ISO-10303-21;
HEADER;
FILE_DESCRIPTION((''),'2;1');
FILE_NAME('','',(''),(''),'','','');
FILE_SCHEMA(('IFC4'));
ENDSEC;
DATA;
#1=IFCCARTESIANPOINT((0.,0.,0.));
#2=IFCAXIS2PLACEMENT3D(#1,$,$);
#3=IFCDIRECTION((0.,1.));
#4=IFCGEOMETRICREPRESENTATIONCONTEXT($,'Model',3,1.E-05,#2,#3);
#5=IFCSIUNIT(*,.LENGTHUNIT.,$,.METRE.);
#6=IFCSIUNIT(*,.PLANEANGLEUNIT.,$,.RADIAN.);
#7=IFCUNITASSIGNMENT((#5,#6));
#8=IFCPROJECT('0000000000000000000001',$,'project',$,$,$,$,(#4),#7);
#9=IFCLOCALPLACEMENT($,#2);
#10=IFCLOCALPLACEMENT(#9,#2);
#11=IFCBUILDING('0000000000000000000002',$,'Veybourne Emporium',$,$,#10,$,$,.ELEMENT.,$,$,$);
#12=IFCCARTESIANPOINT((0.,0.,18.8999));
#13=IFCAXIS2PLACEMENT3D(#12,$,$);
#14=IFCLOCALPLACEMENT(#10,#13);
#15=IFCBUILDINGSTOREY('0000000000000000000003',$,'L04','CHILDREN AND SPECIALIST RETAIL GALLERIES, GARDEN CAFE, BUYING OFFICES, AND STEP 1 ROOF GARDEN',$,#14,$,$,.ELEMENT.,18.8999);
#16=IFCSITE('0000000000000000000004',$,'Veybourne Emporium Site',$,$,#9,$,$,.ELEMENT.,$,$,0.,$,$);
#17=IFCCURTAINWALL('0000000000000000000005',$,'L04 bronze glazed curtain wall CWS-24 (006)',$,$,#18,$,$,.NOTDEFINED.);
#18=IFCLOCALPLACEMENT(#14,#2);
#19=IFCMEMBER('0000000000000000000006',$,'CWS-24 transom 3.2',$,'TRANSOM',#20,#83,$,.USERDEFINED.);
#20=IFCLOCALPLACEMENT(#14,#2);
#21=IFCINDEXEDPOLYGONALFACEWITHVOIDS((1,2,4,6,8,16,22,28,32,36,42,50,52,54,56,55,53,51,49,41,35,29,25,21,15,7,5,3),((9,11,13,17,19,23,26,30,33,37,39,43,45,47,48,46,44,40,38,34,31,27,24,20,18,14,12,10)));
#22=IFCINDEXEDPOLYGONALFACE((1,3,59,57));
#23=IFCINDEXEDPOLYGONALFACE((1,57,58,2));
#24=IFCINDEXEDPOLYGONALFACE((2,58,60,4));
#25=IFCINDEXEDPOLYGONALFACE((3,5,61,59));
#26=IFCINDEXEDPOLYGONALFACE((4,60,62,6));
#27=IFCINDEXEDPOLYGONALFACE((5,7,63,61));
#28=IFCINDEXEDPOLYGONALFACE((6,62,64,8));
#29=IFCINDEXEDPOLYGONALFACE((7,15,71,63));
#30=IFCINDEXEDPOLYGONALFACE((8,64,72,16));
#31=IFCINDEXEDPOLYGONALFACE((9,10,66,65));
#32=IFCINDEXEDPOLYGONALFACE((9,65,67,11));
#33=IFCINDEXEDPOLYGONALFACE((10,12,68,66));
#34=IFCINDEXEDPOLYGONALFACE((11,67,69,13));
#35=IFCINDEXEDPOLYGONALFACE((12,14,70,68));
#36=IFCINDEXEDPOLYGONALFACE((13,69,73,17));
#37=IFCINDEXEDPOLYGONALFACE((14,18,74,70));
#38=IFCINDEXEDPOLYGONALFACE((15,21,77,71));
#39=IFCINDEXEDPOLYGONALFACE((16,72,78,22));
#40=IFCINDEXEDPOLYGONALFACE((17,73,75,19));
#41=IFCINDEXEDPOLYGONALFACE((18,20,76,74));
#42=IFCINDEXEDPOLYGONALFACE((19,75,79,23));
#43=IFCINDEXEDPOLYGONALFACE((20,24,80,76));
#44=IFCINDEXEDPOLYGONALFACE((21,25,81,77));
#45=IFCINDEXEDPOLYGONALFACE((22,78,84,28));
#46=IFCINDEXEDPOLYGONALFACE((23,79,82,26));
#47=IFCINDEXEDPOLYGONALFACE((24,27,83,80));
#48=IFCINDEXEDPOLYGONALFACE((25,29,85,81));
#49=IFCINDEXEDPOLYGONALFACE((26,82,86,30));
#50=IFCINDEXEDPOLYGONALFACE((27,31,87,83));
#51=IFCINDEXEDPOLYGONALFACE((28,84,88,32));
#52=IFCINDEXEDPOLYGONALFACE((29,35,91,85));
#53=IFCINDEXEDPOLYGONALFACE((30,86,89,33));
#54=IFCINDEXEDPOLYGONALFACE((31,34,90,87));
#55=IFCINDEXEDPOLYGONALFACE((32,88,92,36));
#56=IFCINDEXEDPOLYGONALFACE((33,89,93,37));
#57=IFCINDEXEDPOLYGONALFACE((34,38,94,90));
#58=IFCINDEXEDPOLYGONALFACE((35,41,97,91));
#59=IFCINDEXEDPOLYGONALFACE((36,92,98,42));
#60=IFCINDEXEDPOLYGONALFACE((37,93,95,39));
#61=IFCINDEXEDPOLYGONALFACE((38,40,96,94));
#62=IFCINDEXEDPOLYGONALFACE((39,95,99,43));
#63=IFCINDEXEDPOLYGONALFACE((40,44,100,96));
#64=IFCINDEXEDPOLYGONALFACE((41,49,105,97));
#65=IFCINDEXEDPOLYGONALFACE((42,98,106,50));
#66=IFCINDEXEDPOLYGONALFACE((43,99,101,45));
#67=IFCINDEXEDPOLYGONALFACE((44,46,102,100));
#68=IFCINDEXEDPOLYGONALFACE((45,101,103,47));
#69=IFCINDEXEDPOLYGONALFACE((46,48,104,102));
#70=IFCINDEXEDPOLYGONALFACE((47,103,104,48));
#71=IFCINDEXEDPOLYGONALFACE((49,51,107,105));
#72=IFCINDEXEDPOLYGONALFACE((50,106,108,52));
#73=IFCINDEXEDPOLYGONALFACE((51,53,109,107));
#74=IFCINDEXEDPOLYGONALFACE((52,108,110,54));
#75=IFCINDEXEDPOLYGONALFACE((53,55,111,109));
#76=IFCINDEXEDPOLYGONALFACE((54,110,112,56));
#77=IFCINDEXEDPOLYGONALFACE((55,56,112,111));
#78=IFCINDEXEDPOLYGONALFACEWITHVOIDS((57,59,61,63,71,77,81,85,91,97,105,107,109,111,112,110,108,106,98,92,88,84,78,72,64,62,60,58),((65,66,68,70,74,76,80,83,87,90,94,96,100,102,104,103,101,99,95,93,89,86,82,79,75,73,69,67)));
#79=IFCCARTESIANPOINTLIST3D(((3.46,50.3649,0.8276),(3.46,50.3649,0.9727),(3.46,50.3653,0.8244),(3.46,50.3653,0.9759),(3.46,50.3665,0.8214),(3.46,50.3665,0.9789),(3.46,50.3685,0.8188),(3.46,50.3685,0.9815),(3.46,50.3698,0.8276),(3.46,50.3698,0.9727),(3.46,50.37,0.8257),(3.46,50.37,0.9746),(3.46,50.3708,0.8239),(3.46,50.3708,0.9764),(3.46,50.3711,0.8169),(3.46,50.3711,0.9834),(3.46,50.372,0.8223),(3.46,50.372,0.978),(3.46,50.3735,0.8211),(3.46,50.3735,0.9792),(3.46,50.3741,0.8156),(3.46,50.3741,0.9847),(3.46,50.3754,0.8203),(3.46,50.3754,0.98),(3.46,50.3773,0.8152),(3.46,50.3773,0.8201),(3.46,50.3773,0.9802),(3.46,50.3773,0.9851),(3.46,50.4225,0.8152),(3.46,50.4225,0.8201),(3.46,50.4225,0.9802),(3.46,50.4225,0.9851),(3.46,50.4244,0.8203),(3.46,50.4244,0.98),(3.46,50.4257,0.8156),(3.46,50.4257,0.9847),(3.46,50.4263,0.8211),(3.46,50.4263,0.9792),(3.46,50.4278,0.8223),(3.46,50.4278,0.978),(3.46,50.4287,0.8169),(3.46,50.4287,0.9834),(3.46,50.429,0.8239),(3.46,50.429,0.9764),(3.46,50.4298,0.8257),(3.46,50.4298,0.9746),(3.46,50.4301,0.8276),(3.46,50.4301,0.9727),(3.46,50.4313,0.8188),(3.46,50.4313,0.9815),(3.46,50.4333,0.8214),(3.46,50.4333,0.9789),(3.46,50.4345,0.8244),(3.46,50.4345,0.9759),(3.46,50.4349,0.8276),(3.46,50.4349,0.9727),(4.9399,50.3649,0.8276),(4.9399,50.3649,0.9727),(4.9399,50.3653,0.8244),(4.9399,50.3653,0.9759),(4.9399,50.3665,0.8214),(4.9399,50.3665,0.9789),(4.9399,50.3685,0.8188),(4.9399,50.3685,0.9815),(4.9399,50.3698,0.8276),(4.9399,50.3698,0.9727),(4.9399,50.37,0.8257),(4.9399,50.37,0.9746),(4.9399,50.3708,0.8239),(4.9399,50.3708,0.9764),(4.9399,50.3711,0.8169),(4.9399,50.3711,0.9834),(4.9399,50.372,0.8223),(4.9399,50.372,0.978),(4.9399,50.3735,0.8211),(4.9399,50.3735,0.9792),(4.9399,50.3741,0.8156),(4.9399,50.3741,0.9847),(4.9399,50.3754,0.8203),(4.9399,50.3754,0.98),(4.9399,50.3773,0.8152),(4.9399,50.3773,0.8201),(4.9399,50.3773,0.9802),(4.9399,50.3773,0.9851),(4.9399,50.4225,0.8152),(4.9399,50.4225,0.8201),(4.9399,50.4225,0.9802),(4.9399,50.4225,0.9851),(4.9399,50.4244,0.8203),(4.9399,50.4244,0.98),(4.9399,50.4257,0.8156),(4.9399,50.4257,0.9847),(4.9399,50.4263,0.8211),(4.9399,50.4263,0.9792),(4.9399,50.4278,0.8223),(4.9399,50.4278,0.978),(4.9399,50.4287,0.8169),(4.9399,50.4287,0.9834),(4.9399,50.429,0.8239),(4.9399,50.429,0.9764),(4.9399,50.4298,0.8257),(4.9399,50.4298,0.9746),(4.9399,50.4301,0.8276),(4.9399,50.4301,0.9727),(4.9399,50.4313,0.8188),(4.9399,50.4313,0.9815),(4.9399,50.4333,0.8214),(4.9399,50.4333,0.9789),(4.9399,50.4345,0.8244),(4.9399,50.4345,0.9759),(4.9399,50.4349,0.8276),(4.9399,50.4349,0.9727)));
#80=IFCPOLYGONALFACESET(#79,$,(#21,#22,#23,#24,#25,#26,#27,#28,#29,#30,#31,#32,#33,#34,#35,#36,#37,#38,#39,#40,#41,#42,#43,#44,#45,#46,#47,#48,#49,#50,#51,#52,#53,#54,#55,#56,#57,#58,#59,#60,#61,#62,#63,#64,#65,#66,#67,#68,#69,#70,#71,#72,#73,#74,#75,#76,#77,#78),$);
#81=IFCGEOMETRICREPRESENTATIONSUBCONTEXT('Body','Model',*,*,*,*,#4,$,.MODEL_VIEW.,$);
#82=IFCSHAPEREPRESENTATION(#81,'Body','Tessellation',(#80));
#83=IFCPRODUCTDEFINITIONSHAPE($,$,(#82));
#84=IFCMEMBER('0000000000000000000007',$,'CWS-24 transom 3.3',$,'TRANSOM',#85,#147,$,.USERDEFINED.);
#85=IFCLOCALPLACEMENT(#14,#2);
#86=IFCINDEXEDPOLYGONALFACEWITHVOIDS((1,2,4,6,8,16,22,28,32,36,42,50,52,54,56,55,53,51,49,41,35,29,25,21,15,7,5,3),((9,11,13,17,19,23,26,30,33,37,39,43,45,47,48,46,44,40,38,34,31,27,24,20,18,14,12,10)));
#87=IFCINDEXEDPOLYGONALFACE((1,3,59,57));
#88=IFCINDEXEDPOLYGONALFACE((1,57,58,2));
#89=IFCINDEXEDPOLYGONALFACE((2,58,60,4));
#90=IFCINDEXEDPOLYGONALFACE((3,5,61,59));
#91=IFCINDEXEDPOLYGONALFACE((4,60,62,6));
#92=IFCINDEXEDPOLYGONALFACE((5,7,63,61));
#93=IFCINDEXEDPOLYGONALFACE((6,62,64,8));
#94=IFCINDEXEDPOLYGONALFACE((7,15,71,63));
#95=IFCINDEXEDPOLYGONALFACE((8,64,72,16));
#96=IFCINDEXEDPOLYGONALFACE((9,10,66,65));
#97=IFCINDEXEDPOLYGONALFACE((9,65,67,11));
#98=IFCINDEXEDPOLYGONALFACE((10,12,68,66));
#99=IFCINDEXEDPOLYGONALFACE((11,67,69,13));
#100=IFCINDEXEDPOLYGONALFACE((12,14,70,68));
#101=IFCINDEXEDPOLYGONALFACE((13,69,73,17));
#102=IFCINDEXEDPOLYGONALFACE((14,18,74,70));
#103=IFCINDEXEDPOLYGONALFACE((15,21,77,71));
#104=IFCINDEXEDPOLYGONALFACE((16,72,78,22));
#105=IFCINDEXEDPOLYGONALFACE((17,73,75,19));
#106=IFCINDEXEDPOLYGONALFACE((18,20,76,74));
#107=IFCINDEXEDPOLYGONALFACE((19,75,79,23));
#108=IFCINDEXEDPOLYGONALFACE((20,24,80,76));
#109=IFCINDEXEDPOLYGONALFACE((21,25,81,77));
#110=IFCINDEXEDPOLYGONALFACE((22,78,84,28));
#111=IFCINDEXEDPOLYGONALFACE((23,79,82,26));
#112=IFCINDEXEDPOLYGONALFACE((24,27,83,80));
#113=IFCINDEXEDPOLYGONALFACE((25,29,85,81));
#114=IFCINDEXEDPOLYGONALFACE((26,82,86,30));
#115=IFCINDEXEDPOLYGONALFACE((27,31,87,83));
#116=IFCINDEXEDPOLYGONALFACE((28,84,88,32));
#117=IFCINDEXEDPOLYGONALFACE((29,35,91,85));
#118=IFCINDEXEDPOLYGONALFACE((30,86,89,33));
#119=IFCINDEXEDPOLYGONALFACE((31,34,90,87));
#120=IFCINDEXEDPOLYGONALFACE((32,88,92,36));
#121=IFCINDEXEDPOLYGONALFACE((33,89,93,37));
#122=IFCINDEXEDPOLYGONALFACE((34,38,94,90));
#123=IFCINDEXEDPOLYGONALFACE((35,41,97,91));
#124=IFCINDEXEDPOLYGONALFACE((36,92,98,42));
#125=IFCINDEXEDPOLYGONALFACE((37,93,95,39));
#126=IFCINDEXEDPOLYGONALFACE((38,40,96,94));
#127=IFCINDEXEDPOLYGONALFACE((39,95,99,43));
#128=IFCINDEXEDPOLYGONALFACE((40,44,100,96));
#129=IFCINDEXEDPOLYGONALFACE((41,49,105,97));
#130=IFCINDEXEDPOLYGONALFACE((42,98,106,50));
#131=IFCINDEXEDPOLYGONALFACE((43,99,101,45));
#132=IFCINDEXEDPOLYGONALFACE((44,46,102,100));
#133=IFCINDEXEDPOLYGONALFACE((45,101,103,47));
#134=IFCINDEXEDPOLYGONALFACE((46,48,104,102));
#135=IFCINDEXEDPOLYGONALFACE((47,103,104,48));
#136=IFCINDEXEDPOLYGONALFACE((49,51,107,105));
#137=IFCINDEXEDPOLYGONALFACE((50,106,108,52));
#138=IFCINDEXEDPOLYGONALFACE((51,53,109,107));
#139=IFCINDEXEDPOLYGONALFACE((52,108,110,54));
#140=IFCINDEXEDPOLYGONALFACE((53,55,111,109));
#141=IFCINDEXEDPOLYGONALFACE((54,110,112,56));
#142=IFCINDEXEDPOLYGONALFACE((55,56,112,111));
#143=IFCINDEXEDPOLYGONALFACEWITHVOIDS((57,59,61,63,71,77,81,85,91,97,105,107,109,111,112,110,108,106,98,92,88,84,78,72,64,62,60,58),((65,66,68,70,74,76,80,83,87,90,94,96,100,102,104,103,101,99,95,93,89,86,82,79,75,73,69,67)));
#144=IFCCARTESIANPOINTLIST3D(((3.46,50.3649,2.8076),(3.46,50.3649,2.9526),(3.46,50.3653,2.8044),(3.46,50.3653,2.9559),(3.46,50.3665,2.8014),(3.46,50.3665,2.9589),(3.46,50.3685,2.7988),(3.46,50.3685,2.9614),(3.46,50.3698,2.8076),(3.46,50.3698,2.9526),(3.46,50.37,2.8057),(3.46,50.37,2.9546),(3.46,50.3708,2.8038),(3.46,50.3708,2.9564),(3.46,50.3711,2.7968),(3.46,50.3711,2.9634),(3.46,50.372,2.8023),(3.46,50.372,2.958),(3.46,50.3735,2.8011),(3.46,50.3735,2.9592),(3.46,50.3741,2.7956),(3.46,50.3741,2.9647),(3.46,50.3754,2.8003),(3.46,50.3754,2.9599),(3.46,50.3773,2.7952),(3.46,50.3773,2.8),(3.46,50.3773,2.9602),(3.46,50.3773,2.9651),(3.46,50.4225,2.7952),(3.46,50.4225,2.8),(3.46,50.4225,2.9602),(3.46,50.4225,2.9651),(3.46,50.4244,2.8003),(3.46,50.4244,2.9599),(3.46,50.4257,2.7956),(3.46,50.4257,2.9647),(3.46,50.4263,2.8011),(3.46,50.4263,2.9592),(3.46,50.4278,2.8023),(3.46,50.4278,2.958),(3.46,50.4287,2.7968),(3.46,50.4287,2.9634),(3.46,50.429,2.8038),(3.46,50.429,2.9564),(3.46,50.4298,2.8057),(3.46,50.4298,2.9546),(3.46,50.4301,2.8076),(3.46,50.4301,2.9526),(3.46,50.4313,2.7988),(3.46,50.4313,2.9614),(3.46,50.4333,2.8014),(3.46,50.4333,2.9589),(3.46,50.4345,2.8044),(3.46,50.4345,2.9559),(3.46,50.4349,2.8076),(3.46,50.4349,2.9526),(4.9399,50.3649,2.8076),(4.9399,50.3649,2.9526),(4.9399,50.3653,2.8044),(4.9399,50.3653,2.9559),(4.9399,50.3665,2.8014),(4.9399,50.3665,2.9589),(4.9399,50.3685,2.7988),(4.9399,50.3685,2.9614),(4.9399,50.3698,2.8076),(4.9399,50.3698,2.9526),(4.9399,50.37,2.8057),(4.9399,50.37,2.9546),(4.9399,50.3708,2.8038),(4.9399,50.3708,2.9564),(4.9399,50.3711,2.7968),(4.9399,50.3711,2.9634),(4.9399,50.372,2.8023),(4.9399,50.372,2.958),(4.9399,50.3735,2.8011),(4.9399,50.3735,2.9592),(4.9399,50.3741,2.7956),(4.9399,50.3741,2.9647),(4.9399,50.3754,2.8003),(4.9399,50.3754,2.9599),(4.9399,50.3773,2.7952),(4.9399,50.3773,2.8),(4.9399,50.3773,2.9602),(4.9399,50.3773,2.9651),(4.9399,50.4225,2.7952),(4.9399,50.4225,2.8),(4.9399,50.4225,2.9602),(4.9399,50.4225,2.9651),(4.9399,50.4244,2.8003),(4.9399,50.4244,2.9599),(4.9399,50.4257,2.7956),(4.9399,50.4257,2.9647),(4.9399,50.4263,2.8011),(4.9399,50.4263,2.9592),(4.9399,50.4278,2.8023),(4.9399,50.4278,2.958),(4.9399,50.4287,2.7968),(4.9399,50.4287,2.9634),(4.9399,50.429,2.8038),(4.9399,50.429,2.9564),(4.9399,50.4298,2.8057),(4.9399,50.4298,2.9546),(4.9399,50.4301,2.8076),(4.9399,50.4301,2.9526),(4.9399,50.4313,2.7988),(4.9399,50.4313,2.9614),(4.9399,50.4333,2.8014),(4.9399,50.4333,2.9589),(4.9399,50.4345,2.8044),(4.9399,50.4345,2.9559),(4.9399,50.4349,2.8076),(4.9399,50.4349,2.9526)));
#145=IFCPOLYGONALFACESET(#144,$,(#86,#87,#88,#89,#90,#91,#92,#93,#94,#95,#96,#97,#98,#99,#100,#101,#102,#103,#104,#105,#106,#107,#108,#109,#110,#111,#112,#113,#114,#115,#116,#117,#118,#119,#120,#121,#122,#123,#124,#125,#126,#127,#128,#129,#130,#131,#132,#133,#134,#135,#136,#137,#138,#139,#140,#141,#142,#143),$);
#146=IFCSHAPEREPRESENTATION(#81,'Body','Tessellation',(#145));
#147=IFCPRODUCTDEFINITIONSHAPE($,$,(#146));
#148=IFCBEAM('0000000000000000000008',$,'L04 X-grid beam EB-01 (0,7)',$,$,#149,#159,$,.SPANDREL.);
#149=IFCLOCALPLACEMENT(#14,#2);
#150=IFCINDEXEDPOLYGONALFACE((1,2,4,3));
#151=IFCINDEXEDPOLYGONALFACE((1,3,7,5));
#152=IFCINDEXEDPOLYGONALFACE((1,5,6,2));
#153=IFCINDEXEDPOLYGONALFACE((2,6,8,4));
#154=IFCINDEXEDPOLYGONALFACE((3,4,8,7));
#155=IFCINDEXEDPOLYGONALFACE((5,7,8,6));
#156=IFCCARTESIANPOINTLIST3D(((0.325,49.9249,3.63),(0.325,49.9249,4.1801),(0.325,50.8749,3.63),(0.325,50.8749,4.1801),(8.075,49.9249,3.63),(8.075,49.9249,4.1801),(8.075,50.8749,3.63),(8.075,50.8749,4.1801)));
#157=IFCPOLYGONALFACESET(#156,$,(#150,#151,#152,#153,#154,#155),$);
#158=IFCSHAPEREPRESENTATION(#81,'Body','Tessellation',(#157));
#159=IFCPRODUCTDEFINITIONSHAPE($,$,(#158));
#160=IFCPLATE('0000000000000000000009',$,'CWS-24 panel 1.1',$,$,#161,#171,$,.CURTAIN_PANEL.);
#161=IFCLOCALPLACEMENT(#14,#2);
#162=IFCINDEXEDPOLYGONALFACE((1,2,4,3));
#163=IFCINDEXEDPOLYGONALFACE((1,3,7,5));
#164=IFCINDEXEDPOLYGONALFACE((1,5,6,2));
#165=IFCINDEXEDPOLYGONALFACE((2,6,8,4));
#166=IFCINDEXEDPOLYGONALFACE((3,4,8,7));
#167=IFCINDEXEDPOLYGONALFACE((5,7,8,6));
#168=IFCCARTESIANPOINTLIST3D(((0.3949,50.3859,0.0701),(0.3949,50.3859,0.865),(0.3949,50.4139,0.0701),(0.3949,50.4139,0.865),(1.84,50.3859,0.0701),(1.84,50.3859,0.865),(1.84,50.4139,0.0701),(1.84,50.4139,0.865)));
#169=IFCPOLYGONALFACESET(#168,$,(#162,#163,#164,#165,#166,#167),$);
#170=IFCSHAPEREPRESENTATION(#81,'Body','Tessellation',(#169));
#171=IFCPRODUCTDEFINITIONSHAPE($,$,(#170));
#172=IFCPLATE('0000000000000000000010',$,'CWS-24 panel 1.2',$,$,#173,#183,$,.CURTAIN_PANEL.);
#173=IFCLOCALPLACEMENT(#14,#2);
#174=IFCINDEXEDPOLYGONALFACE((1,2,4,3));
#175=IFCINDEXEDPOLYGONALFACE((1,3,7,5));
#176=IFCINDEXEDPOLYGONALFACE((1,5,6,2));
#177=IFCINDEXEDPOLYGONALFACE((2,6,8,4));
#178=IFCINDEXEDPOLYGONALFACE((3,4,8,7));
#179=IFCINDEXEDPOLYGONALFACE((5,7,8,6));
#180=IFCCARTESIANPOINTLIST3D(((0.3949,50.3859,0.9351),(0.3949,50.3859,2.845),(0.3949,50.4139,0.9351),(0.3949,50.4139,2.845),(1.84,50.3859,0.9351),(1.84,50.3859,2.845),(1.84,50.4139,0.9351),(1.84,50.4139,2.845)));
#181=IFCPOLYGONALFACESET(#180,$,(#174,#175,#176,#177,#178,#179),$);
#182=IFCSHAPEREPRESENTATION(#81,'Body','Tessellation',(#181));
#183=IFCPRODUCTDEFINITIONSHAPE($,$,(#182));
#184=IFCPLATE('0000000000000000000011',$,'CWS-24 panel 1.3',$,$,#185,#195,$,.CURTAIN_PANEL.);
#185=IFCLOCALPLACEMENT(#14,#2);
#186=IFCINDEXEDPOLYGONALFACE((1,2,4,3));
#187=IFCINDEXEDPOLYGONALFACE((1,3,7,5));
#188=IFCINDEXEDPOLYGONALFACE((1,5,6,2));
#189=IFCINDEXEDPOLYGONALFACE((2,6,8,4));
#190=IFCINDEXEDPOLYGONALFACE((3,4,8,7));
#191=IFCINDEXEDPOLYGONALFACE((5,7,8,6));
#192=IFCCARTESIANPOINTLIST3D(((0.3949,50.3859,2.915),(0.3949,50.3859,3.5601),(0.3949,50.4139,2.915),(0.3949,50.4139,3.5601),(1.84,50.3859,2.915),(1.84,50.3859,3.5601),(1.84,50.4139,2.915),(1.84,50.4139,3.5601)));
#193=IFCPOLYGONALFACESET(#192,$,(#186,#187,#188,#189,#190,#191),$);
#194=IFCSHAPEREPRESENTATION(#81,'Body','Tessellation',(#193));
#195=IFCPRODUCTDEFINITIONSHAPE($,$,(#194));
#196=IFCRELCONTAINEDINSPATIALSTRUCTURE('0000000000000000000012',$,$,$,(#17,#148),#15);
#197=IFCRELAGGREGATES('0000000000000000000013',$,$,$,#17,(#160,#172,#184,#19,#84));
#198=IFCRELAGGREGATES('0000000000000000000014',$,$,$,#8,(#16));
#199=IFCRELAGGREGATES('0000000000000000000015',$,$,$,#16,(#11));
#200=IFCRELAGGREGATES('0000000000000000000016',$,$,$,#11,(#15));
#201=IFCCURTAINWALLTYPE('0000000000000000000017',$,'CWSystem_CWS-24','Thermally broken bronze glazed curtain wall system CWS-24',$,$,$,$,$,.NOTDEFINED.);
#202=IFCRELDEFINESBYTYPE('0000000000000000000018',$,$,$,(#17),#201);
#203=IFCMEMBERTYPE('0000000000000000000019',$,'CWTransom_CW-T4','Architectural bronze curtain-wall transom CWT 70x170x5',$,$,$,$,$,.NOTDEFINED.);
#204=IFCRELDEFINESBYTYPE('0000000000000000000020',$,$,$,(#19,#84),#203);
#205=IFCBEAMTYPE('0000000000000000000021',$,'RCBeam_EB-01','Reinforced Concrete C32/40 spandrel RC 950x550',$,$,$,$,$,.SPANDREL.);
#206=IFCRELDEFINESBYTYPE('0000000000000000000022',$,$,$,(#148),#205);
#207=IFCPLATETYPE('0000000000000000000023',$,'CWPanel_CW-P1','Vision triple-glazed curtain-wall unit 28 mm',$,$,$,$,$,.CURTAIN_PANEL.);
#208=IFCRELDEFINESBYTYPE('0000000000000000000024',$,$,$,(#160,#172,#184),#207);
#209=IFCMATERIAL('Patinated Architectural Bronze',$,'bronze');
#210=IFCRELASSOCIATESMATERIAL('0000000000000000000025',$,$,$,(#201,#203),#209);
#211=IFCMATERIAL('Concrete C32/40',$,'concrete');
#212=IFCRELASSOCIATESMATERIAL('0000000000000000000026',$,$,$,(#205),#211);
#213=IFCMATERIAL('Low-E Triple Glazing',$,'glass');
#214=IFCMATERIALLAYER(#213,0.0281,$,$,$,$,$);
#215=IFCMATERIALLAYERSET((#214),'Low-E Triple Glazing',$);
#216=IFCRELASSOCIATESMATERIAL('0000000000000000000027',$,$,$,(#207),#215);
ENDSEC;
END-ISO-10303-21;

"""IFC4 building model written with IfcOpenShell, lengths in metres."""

from ifc_helpers import new_model, si_unit, direction, frame, origin, origin_2d, place, context, subcontext, project, spatial, rectangle, hollow_rectangle, extrude, material, layer, layer_set, material_profile, profile_set, type_object, element, aggregate, save


model = new_model("IFC4")

# Units and contexts
model_context = context("Model", 3, precision=1e-05, world=origin(), true_north=direction((0.0, 1.0)))
body_context = subcontext(model_context, "Body", "Model", "MODEL_VIEW")
ifc_project = project(units=[si_unit("LENGTHUNIT", "METRE"), si_unit("PLANEANGLEUNIT", "RADIAN")], contexts=[model_context])

# Site, building, storey
site_placement = place(None, origin())
site = spatial("IfcSite", under=ifc_project, at=site_placement, Name="Veybourne Emporium Site", CompositionType="ELEMENT", RefElevation=0.0)
building_placement = place(site_placement, origin())
building = spatial("IfcBuilding", under=site, at=building_placement, Name="Veybourne Emporium", CompositionType="ELEMENT")
storey_placement = place(building_placement, frame((0.0, 0.0, 18.8999)))
storey = spatial("IfcBuildingStorey", under=building, at=storey_placement, Name="L04", Description="CHILDREN AND SPECIALIST RETAIL GALLERIES, GARDEN CAFE, BUYING OFFICES, AND STEP 1 ROOF GARDEN", CompositionType="ELEMENT", Elevation=18.8999)

# Curtain wall, members
ifc_material_1 = material(Name="Patinated Architectural Bronze", Category="bronze")
curtain_wall_type = type_object("IfcCurtainWallType", Name="CWSystem_CWS-24", Description="Thermally broken bronze glazed curtain wall system CWS-24", PredefinedType="NOTDEFINED", material=ifc_material_1)
curtain_wall_placement = place(storey_placement, origin())
curtain_wall = element("IfcCurtainWall", 1, at=curtain_wall_placement, inside=storey, type_object=curtain_wall_type, Name="L04 bronze glazed curtain wall CWS-24 (006)", PredefinedType="NOTDEFINED")
ifc_material_profile_1 = material_profile(ifc_material_1, hollow_rectangle(XDim=0.0701, YDim=0.1699, WallThickness=0.0049, InnerFilletRadius=0.0076, OuterFilletRadius=0.0125, at=origin_2d()), Name="CWT 70x170x5")
ifc_profile_set_1 = profile_set([ifc_material_profile_1], Name="Patinated Architectural Bronze")
member_type_1 = type_object("IfcMemberType", Name="CWTransom_CW-T4", Description="Architectural bronze curtain-wall transom CWT 70x170x5", PredefinedType="NOTDEFINED", material=ifc_profile_set_1)
member_1_placement = place(storey_placement, frame((3.46, 50.3999, 0.9001), z_axis=(1.0, 0.0, 0.0), x_axis=(0.0, 1.0, 0.0)))
member_1 = element("IfcMember", 2, at=member_1_placement, type_object=member_type_1, Name="CWS-24 transom 3.2", ObjectType="TRANSOM", PredefinedType="USERDEFINED", context=body_context, shape_type="SweptSolid", body=[
    extrude(hollow_rectangle(XDim=0.0701, YDim=0.1699, WallThickness=0.0049, InnerFilletRadius=0.0076, OuterFilletRadius=0.0125, at=origin_2d()), origin(), (0.0, 0.0, 1.0), 1.48),
])
member_2_placement = place(storey_placement, frame((3.46, 50.3999, 2.8801), z_axis=(1.0, 0.0, 0.0), x_axis=(0.0, 1.0, 0.0)))
member_2 = element("IfcMember", 3, at=member_2_placement, type_object=member_type_1, Name="CWS-24 transom 3.3", ObjectType="TRANSOM", PredefinedType="USERDEFINED", context=body_context, shape_type="SweptSolid", body=[
    extrude(hollow_rectangle(XDim=0.0701, YDim=0.1699, WallThickness=0.0049, InnerFilletRadius=0.0076, OuterFilletRadius=0.0125, at=origin_2d()), origin(), (0.0, 0.0, 1.0), 1.48),
])

# Beam
ifc_material_2 = material(Name="Concrete C32/40", Category="concrete")
ifc_material_profile_2 = material_profile(ifc_material_2, rectangle(XDim=0.95, YDim=0.55, at=origin_2d()), Name="RC 950x550")
ifc_profile_set_2 = profile_set([ifc_material_profile_2], Name="Concrete C32/40")
beam_type = type_object("IfcBeamType", Name="RCBeam_EB-01", Description="Reinforced Concrete C32/40 spandrel RC 950x550", PredefinedType="SPANDREL", material=ifc_profile_set_2)
beam_placement = place(storey_placement, frame((0.325, 50.3999, 3.905), z_axis=(1.0, 0.0, 0.0), x_axis=(0.0, 1.0, 0.0)))
element("IfcBeam", 4, at=beam_placement, inside=storey, type_object=beam_type, Name="L04 X-grid beam EB-01 (0,7)", PredefinedType="SPANDREL", context=body_context, shape_type="SweptSolid", body=[
    extrude(rectangle(XDim=0.95, YDim=0.55, at=origin_2d()), origin(), (0.0, 0.0, 1.0), 7.75),
])

# Plates
ifc_material_3 = material(Name="Low-E Triple Glazing", Category="glass")
ifc_layer_1 = layer(ifc_material_3, 0.0281)
ifc_layer_set_1 = layer_set([ifc_layer_1], Name="Low-E Triple Glazing")
plate_type = type_object("IfcPlateType", Name="CWPanel_CW-P1", Description="Vision triple-glazed curtain-wall unit 28 mm", PredefinedType="CURTAIN_PANEL", material=ifc_layer_set_1)
plate_1_placement = place(storey_placement, frame((1.1174, 50.3999, 0.0701), z_axis=(0.0, 0.0, 1.0), x_axis=(1.0, 0.0, 0.0)))
plate_1 = element("IfcPlate", 5, at=plate_1_placement, type_object=plate_type, Name="CWS-24 panel 1.1", PredefinedType="CURTAIN_PANEL", context=body_context, shape_type="SweptSolid", body=[
    extrude(rectangle(XDim=1.4451, YDim=0.0281, at=origin_2d()), origin(), (0.0, 0.0, 1.0), 0.7949),
])
plate_2_placement = place(storey_placement, frame((1.1174, 50.3999, 0.9351), z_axis=(0.0, 0.0, 1.0), x_axis=(1.0, 0.0, 0.0)))
plate_2 = element("IfcPlate", 6, at=plate_2_placement, type_object=plate_type, Name="CWS-24 panel 1.2", PredefinedType="CURTAIN_PANEL", context=body_context, shape_type="SweptSolid", body=[
    extrude(rectangle(XDim=1.4451, YDim=0.0281, at=origin_2d()), origin(), (0.0, 0.0, 1.0), 1.9099),
])
plate_3_placement = place(storey_placement, frame((1.1174, 50.3999, 2.915), z_axis=(0.0, 0.0, 1.0), x_axis=(1.0, 0.0, 0.0)))
plate_3 = element("IfcPlate", 7, at=plate_3_placement, type_object=plate_type, Name="CWS-24 panel 1.3", PredefinedType="CURTAIN_PANEL", context=body_context, shape_type="SweptSolid", body=[
    extrude(rectangle(XDim=1.4451, YDim=0.0281, at=origin_2d()), origin(), (0.0, 0.0, 1.0), 0.645),
])
aggregate(curtain_wall, [plate_1, plate_2, plate_3, member_1, member_2])

save(model, "model.ifc")
